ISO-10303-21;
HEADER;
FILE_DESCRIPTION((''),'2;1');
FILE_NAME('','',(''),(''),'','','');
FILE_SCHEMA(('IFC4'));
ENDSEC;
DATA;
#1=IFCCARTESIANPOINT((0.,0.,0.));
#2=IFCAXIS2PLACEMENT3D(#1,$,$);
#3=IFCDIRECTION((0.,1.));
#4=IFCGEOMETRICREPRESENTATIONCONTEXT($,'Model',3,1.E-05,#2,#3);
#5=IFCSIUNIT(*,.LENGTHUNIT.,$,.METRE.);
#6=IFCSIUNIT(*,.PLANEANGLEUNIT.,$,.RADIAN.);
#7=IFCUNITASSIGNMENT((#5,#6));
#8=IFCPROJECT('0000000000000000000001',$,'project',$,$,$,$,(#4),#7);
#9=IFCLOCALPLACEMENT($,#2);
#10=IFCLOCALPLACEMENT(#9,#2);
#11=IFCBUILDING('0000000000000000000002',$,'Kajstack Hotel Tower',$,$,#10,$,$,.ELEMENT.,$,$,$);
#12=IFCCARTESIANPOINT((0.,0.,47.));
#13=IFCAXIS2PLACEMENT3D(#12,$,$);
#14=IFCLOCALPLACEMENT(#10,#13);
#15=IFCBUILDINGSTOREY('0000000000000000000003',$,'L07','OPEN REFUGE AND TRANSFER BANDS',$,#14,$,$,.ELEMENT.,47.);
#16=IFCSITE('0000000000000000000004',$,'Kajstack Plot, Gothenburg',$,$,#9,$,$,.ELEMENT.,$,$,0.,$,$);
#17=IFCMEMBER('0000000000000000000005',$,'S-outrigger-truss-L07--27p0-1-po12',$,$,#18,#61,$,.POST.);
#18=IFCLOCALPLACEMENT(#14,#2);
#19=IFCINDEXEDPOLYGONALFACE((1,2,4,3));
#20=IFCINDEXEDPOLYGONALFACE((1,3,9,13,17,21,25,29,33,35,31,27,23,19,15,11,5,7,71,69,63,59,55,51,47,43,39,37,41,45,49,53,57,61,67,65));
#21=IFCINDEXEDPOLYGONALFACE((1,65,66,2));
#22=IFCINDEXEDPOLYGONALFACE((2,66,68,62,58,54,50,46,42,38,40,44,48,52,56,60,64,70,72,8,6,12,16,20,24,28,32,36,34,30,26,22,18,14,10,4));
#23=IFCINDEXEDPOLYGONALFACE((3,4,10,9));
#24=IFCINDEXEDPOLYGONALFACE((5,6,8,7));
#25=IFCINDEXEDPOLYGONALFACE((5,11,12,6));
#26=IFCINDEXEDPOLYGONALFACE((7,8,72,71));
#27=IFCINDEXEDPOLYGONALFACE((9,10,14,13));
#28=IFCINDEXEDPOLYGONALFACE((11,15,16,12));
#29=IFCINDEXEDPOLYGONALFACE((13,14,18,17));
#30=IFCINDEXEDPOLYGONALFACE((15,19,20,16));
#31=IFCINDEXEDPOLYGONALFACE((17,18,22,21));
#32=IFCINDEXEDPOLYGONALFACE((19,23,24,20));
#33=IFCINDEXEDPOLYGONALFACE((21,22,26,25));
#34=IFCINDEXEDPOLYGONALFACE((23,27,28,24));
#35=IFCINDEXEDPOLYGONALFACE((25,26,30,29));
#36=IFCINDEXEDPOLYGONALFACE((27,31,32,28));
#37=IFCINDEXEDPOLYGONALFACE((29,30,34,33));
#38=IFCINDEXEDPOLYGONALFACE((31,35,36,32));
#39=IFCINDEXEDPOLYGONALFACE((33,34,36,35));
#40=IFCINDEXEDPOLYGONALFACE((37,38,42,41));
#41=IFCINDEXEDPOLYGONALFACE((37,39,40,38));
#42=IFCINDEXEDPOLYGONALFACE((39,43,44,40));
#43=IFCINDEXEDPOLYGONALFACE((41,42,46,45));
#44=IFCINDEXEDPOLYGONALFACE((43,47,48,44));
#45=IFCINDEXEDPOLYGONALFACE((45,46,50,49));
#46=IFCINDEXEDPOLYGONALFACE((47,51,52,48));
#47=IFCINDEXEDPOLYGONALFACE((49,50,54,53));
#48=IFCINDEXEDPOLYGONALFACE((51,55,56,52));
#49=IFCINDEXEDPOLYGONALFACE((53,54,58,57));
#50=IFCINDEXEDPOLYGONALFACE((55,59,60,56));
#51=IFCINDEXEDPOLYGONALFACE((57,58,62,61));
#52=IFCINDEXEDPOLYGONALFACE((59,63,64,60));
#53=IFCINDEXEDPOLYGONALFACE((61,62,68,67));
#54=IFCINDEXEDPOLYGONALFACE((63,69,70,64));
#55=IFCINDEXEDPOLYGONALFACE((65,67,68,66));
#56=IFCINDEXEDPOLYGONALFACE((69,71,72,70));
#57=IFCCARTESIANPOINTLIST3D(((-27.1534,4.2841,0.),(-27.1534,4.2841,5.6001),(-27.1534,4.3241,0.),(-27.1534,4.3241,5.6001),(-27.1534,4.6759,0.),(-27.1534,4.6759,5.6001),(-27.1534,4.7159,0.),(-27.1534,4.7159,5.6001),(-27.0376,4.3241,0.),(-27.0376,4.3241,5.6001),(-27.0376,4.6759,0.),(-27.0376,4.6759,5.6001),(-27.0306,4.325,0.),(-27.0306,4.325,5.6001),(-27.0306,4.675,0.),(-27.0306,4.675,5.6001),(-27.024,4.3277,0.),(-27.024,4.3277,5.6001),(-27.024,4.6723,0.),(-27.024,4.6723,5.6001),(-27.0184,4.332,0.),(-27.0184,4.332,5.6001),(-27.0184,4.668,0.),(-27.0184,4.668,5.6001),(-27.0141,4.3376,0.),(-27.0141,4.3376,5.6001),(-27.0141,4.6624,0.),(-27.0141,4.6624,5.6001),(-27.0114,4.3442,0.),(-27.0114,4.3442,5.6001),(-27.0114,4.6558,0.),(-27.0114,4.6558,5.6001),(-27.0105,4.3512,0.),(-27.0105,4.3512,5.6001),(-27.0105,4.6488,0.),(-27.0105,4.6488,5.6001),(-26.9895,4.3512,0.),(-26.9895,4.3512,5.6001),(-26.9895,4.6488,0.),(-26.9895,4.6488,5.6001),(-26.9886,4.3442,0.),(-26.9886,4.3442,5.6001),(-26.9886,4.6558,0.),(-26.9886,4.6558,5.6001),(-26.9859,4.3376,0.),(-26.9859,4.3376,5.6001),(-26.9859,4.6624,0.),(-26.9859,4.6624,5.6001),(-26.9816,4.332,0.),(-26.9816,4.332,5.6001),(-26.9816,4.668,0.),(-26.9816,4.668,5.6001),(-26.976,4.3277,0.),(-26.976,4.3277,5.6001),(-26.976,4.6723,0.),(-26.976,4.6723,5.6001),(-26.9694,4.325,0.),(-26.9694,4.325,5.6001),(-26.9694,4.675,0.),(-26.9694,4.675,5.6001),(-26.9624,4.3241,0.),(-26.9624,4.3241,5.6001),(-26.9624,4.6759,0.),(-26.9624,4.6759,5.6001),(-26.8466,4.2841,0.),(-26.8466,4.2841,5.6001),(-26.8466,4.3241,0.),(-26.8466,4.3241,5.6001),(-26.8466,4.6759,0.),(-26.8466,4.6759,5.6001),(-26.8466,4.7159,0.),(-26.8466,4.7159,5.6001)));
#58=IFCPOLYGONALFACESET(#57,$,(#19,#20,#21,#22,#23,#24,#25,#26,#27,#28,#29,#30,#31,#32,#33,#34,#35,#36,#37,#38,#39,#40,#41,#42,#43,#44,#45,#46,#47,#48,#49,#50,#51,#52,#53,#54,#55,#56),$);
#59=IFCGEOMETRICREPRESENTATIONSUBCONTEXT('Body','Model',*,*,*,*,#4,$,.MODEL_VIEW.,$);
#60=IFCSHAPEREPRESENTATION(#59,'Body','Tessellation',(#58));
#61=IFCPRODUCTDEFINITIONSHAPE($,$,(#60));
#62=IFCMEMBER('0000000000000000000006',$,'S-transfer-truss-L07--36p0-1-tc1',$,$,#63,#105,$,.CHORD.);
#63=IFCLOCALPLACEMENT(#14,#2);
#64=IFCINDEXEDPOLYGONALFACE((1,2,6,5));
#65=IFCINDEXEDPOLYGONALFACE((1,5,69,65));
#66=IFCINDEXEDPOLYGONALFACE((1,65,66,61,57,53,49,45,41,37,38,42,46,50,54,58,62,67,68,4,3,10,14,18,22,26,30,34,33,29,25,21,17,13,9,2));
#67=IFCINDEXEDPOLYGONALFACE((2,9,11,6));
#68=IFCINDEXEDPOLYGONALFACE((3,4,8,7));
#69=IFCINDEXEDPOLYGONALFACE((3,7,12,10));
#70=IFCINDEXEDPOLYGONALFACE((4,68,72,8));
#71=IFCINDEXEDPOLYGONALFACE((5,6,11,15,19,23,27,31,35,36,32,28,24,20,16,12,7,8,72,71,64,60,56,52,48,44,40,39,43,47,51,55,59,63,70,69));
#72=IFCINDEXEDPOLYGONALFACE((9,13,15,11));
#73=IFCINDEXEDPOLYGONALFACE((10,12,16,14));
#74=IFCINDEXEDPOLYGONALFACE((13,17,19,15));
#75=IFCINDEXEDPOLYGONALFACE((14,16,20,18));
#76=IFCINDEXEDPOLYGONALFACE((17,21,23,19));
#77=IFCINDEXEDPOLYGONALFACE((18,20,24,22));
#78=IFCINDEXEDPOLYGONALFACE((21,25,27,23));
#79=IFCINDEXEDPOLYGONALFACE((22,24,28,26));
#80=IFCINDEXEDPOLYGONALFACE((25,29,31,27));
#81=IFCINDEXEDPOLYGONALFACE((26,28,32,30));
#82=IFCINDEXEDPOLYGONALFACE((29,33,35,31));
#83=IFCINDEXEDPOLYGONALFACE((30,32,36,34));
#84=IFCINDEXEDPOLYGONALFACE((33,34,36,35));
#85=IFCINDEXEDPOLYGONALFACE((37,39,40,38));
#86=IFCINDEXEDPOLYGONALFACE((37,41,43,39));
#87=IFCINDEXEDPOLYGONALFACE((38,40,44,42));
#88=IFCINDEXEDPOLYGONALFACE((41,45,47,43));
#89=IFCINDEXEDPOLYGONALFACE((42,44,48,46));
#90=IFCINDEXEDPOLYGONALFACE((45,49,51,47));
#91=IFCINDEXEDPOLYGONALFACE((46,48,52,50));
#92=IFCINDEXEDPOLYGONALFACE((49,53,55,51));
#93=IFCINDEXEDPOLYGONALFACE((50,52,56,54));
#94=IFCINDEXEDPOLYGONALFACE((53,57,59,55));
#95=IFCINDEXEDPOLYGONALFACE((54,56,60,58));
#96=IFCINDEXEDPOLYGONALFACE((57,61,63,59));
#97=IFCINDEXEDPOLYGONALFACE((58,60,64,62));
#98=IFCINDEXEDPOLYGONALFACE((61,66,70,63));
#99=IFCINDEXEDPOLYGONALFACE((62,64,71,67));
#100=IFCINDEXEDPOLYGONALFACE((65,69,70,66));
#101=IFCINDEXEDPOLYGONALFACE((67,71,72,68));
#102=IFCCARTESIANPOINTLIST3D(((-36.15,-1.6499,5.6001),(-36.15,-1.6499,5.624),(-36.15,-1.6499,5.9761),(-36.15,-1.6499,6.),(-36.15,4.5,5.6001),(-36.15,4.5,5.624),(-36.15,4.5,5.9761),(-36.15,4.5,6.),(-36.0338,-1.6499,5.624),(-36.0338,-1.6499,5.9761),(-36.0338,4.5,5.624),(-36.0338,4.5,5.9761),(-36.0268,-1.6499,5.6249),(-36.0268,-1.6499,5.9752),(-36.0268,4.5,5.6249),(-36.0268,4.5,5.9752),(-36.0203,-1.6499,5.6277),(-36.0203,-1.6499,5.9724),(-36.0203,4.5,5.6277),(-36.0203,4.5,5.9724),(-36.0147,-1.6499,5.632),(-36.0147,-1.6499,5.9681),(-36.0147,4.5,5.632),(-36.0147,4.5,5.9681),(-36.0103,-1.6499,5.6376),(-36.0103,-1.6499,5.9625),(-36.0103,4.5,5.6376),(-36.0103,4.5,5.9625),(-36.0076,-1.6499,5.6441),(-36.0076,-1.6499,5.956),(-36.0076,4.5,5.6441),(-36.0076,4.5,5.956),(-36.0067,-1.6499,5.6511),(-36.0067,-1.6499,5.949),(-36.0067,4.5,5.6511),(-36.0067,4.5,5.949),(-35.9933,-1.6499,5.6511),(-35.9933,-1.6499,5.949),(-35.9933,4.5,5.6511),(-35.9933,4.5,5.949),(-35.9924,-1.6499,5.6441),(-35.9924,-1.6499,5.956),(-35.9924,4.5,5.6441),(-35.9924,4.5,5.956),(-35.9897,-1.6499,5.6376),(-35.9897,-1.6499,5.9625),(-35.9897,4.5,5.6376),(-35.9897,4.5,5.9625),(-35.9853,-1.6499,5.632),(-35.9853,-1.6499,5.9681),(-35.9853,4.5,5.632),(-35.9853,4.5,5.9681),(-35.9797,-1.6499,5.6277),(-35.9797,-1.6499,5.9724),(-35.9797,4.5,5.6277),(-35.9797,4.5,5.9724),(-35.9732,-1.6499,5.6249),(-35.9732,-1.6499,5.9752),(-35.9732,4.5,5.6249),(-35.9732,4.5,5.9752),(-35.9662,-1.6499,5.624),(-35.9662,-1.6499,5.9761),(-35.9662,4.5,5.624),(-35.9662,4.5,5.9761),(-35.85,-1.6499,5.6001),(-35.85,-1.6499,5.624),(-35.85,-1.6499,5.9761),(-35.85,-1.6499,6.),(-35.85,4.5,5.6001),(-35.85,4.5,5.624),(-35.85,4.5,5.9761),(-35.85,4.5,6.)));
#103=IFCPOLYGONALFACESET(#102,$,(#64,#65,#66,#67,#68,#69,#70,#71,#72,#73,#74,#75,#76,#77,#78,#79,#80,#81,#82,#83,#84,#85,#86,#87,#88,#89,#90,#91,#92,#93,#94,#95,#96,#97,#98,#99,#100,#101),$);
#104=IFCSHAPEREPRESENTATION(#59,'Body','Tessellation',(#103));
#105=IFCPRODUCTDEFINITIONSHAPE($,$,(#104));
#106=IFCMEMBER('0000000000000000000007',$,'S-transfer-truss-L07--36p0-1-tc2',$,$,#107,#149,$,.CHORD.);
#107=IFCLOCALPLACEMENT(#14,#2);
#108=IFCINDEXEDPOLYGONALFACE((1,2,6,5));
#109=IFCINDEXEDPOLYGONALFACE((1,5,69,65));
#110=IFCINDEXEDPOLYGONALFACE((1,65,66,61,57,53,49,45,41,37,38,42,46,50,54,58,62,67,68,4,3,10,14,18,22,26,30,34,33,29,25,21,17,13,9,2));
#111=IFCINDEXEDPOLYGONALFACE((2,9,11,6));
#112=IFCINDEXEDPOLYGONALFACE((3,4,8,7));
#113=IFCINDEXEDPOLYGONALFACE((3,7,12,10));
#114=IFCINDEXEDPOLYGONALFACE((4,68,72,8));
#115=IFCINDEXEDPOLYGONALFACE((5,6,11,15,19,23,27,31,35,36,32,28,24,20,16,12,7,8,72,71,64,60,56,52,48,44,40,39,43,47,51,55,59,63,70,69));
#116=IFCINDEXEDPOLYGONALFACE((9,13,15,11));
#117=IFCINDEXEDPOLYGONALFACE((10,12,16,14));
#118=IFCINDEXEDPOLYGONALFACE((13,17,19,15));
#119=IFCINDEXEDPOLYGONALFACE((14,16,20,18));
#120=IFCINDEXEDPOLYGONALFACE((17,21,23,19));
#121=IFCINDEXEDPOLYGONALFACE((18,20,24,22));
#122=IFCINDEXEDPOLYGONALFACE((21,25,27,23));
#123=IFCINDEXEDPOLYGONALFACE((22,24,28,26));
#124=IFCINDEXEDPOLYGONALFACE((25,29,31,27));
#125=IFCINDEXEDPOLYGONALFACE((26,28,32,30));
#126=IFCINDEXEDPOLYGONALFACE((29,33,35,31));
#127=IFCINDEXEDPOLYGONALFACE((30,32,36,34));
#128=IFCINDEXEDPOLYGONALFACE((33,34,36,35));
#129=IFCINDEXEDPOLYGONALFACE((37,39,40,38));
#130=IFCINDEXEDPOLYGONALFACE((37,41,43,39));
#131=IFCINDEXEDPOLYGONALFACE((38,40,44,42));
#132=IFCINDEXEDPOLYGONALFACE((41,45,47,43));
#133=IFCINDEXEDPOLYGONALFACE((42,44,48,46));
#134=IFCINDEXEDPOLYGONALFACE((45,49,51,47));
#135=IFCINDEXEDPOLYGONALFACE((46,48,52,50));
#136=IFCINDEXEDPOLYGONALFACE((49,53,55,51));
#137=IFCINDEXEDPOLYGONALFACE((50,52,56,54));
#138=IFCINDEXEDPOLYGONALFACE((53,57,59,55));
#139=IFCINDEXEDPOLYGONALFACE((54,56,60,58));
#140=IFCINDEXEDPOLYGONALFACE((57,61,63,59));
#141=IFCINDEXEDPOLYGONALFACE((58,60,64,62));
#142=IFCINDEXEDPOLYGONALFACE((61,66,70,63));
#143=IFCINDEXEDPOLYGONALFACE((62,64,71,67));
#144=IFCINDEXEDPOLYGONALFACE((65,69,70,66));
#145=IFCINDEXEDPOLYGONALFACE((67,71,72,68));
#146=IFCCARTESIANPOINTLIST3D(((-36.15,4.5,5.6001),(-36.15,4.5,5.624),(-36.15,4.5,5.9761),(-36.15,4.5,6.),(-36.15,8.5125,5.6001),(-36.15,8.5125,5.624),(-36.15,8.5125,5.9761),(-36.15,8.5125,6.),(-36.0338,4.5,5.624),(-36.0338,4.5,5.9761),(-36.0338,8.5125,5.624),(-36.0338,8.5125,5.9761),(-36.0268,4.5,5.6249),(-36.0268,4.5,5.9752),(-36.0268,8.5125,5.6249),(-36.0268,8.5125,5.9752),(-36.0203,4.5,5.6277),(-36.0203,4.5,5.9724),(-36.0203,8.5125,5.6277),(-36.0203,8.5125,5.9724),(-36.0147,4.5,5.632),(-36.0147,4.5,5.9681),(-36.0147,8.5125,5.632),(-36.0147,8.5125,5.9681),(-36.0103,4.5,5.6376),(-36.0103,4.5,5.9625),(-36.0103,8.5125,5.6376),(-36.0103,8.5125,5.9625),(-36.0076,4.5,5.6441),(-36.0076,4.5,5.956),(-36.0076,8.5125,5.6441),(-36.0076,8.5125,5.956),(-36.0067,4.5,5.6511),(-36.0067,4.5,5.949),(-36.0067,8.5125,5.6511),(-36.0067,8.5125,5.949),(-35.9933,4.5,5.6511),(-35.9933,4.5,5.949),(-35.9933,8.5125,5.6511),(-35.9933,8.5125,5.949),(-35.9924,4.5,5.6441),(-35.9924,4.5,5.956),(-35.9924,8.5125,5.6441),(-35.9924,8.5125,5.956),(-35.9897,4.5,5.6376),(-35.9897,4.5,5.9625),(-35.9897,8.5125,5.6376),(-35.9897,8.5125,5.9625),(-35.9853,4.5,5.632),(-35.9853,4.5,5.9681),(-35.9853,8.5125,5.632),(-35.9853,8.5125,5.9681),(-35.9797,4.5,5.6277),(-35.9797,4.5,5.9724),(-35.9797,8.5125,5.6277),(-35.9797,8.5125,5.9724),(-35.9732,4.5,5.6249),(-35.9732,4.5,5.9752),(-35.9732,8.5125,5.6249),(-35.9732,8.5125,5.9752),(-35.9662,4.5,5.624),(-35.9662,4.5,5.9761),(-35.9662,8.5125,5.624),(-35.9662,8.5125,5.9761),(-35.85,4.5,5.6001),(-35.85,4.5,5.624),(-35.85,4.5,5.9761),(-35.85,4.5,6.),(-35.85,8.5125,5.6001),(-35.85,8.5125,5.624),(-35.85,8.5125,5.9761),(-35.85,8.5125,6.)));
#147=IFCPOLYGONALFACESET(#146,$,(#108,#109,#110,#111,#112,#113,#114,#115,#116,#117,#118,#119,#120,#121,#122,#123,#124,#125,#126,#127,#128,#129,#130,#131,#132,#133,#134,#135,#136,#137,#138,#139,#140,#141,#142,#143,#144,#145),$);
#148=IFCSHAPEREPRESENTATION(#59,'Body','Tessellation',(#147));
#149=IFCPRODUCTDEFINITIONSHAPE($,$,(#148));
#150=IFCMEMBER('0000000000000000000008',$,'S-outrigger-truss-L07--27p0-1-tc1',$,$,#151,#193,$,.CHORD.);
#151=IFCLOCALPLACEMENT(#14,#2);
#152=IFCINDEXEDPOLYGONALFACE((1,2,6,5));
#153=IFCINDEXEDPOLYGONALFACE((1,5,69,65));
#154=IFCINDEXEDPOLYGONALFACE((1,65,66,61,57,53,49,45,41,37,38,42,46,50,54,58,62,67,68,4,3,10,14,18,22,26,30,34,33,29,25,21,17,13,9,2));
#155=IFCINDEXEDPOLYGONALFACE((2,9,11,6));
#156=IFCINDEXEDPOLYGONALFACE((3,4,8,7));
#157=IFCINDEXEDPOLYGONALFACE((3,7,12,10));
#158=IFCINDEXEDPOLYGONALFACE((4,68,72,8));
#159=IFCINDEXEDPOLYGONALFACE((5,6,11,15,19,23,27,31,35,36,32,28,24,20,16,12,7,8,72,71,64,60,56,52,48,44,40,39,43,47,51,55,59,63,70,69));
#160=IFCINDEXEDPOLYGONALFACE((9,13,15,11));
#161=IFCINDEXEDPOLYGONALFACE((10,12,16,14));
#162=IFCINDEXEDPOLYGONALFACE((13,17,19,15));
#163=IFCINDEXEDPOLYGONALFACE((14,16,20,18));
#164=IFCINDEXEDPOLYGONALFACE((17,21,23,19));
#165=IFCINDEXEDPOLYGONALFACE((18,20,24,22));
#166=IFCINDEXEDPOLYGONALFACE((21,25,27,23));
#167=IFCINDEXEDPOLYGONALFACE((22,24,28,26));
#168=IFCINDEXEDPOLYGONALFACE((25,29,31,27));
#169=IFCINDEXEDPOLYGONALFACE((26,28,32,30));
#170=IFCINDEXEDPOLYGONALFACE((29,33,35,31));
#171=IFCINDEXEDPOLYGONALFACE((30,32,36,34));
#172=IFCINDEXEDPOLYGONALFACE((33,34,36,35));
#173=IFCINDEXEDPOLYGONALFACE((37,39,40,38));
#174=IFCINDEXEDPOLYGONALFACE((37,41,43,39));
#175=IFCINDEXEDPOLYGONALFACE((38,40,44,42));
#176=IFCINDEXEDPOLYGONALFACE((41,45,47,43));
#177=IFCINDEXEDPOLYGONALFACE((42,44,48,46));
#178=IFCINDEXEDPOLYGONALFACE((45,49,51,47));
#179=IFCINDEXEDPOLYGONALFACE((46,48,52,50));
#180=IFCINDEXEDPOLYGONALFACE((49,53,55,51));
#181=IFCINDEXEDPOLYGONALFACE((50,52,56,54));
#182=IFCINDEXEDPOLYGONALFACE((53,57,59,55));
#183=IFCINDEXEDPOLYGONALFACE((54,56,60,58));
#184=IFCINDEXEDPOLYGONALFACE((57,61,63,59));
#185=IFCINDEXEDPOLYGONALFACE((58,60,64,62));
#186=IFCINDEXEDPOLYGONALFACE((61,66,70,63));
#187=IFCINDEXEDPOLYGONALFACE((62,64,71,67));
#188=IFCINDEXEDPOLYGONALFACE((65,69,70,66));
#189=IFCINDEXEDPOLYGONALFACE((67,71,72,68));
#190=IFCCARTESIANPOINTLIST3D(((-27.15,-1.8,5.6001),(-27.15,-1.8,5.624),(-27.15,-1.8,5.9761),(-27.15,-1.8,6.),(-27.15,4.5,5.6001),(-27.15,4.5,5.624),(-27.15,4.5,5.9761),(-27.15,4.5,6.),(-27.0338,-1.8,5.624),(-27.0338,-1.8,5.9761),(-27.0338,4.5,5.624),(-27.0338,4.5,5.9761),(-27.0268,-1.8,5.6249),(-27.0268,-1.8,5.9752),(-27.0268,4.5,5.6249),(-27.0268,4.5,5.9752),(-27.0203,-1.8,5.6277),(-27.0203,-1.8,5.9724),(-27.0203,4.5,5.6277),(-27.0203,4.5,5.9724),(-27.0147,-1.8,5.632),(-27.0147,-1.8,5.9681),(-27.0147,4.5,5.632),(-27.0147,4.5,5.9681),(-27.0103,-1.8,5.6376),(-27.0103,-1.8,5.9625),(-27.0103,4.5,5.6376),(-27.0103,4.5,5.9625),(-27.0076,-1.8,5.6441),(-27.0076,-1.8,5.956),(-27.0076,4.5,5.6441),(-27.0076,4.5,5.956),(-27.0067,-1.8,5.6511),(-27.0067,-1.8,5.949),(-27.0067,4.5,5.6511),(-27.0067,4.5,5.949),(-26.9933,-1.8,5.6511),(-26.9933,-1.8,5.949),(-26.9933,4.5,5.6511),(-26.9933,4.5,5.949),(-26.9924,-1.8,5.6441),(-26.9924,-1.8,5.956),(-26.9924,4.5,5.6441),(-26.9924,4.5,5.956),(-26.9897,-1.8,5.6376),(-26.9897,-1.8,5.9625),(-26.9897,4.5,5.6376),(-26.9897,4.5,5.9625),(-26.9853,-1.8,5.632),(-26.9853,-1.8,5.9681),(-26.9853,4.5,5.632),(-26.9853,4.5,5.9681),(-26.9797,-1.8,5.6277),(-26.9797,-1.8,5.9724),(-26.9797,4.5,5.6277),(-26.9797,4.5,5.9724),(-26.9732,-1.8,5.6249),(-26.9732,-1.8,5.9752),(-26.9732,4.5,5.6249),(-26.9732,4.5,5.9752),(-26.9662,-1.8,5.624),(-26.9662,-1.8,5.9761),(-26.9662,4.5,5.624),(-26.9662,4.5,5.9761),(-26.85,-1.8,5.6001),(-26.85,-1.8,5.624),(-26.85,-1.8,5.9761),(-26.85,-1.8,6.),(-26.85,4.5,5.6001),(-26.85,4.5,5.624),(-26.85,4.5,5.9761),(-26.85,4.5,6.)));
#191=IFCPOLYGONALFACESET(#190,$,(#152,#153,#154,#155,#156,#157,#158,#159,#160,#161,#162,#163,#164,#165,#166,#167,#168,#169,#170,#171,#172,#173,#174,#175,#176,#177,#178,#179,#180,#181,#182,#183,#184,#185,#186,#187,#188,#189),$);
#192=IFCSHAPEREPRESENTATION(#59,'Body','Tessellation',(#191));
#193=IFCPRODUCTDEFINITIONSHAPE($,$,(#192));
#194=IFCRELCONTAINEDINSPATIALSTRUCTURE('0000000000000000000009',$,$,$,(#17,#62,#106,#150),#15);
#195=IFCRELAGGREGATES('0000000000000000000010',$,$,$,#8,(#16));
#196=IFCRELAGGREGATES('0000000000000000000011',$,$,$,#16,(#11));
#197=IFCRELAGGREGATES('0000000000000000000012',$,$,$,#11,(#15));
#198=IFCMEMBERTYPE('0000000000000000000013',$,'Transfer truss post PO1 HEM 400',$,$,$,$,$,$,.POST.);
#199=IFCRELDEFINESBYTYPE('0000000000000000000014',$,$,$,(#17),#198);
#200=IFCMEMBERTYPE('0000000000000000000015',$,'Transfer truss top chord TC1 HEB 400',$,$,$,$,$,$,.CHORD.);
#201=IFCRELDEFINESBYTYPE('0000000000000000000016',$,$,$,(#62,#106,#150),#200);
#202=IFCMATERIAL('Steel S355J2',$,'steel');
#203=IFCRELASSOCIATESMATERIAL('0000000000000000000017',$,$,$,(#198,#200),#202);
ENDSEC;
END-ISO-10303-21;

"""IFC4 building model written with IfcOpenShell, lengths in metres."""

from ifc_helpers import new_model, si_unit, direction, frame, origin, origin_2d, place, context, subcontext, project, spatial, i_section, extrude, material, material_profile, profile_set, type_object, element, save


model = new_model("IFC4")

# Units and contexts
model_context = context("Model", 3, precision=1e-05, world=origin(), true_north=direction((0.0, 1.0)))
body_context = subcontext(model_context, "Body", "Model", "MODEL_VIEW")
ifc_project = project(units=[si_unit("LENGTHUNIT", "METRE"), si_unit("PLANEANGLEUNIT", "RADIAN")], contexts=[model_context])

# Site, building, storey
site_placement = place(None, origin())
site = spatial("IfcSite", under=ifc_project, at=site_placement, Name="Kajstack Plot, Gothenburg", CompositionType="ELEMENT", RefElevation=0.0)
building_placement = place(site_placement, origin())
building = spatial("IfcBuilding", under=site, at=building_placement, Name="Kajstack Hotel Tower", CompositionType="ELEMENT")
storey_placement = place(building_placement, frame((0.0, 0.0, 47.0)))
storey = spatial("IfcBuildingStorey", under=building, at=storey_placement, Name="L07", Description="OPEN REFUGE AND TRANSFER BANDS", CompositionType="ELEMENT", Elevation=47.0)

# Members
ifc_material_1 = material(Name="Steel S355J2", Category="steel")
ifc_material_profile_1 = material_profile(ifc_material_1, i_section(OverallWidth=0.3069, OverallDepth=0.4319, WebThickness=0.021, FlangeThickness=0.04, FilletRadius=0.0271, at=origin_2d()), Name="HEM 400")
ifc_profile_set_1 = profile_set([ifc_material_profile_1], Name="Steel S355J2")
member_type_1 = type_object("IfcMemberType", Name="Transfer truss post PO1 HEM 400", PredefinedType="POST", material=ifc_profile_set_1)
for number, where, z_axis, x_axis, name in (
    (1, (-27.0, 4.5, 0.0), (0.0, 0.0, 1.0), (1.0, 0.0, 0.0), "S-outrigger-truss-L07--27p0-1-po12"),
):
    element("IfcMember", number, at=place(storey_placement, frame(where, z_axis=z_axis, x_axis=x_axis)), inside=storey, type_object=member_type_1, Name=name, PredefinedType="POST", context=body_context, shape_type="SweptSolid", body=[
        extrude(i_section(OverallWidth=0.3069, OverallDepth=0.4319, WebThickness=0.021, FlangeThickness=0.04, FilletRadius=0.0271, at=origin_2d()), origin(), (0.0, 0.0, 1.0), 5.6001),
    ])
ifc_material_profile_2 = material_profile(ifc_material_1, i_section(OverallWidth=0.3, OverallDepth=0.3999, WebThickness=0.0134, FlangeThickness=0.0239, FilletRadius=0.0271, at=origin_2d()), Name="HEB 400")
ifc_profile_set_2 = profile_set([ifc_material_profile_2], Name="Steel S355J2")
member_type_2 = type_object("IfcMemberType", Name="Transfer truss top chord TC1 HEB 400", PredefinedType="CHORD", material=ifc_profile_set_2)
member_1_placement = place(storey_placement, frame((-36.0, -1.6499, 5.8), z_axis=(0.0, 1.0, 0.0), x_axis=(-1.0, 0.0, 0.0)))
element("IfcMember", 2, at=member_1_placement, inside=storey, type_object=member_type_2, Name="S-transfer-truss-L07--36p0-1-tc1", PredefinedType="CHORD", context=body_context, shape_type="SweptSolid", body=[
    extrude(i_section(OverallWidth=0.3, OverallDepth=0.3999, WebThickness=0.0134, FlangeThickness=0.0239, FilletRadius=0.0271, at=origin_2d()), origin(), (0.0, 0.0, 1.0), 6.1499),
])
member_2_placement = place(storey_placement, frame((-36.0, 4.5, 5.8), z_axis=(0.0, 1.0, 0.0), x_axis=(-1.0, 0.0, 0.0)))
element("IfcMember", 3, at=member_2_placement, inside=storey, type_object=member_type_2, Name="S-transfer-truss-L07--36p0-1-tc2", PredefinedType="CHORD", context=body_context, shape_type="SweptSolid", body=[
    extrude(i_section(OverallWidth=0.3, OverallDepth=0.3999, WebThickness=0.0134, FlangeThickness=0.0239, FilletRadius=0.0271, at=origin_2d()), origin(), (0.0, 0.0, 1.0), 4.0125),
])
member_3_placement = place(storey_placement, frame((-27.0, -1.8, 5.8), z_axis=(0.0, 1.0, 0.0), x_axis=(-1.0, 0.0, 0.0)))
element("IfcMember", 4, at=member_3_placement, inside=storey, type_object=member_type_2, Name="S-outrigger-truss-L07--27p0-1-tc1", PredefinedType="CHORD", context=body_context, shape_type="SweptSolid", body=[
    extrude(i_section(OverallWidth=0.3, OverallDepth=0.3999, WebThickness=0.0134, FlangeThickness=0.0239, FilletRadius=0.0271, at=origin_2d()), origin(), (0.0, 0.0, 1.0), 6.3),
])

save(model, "model.ifc")
